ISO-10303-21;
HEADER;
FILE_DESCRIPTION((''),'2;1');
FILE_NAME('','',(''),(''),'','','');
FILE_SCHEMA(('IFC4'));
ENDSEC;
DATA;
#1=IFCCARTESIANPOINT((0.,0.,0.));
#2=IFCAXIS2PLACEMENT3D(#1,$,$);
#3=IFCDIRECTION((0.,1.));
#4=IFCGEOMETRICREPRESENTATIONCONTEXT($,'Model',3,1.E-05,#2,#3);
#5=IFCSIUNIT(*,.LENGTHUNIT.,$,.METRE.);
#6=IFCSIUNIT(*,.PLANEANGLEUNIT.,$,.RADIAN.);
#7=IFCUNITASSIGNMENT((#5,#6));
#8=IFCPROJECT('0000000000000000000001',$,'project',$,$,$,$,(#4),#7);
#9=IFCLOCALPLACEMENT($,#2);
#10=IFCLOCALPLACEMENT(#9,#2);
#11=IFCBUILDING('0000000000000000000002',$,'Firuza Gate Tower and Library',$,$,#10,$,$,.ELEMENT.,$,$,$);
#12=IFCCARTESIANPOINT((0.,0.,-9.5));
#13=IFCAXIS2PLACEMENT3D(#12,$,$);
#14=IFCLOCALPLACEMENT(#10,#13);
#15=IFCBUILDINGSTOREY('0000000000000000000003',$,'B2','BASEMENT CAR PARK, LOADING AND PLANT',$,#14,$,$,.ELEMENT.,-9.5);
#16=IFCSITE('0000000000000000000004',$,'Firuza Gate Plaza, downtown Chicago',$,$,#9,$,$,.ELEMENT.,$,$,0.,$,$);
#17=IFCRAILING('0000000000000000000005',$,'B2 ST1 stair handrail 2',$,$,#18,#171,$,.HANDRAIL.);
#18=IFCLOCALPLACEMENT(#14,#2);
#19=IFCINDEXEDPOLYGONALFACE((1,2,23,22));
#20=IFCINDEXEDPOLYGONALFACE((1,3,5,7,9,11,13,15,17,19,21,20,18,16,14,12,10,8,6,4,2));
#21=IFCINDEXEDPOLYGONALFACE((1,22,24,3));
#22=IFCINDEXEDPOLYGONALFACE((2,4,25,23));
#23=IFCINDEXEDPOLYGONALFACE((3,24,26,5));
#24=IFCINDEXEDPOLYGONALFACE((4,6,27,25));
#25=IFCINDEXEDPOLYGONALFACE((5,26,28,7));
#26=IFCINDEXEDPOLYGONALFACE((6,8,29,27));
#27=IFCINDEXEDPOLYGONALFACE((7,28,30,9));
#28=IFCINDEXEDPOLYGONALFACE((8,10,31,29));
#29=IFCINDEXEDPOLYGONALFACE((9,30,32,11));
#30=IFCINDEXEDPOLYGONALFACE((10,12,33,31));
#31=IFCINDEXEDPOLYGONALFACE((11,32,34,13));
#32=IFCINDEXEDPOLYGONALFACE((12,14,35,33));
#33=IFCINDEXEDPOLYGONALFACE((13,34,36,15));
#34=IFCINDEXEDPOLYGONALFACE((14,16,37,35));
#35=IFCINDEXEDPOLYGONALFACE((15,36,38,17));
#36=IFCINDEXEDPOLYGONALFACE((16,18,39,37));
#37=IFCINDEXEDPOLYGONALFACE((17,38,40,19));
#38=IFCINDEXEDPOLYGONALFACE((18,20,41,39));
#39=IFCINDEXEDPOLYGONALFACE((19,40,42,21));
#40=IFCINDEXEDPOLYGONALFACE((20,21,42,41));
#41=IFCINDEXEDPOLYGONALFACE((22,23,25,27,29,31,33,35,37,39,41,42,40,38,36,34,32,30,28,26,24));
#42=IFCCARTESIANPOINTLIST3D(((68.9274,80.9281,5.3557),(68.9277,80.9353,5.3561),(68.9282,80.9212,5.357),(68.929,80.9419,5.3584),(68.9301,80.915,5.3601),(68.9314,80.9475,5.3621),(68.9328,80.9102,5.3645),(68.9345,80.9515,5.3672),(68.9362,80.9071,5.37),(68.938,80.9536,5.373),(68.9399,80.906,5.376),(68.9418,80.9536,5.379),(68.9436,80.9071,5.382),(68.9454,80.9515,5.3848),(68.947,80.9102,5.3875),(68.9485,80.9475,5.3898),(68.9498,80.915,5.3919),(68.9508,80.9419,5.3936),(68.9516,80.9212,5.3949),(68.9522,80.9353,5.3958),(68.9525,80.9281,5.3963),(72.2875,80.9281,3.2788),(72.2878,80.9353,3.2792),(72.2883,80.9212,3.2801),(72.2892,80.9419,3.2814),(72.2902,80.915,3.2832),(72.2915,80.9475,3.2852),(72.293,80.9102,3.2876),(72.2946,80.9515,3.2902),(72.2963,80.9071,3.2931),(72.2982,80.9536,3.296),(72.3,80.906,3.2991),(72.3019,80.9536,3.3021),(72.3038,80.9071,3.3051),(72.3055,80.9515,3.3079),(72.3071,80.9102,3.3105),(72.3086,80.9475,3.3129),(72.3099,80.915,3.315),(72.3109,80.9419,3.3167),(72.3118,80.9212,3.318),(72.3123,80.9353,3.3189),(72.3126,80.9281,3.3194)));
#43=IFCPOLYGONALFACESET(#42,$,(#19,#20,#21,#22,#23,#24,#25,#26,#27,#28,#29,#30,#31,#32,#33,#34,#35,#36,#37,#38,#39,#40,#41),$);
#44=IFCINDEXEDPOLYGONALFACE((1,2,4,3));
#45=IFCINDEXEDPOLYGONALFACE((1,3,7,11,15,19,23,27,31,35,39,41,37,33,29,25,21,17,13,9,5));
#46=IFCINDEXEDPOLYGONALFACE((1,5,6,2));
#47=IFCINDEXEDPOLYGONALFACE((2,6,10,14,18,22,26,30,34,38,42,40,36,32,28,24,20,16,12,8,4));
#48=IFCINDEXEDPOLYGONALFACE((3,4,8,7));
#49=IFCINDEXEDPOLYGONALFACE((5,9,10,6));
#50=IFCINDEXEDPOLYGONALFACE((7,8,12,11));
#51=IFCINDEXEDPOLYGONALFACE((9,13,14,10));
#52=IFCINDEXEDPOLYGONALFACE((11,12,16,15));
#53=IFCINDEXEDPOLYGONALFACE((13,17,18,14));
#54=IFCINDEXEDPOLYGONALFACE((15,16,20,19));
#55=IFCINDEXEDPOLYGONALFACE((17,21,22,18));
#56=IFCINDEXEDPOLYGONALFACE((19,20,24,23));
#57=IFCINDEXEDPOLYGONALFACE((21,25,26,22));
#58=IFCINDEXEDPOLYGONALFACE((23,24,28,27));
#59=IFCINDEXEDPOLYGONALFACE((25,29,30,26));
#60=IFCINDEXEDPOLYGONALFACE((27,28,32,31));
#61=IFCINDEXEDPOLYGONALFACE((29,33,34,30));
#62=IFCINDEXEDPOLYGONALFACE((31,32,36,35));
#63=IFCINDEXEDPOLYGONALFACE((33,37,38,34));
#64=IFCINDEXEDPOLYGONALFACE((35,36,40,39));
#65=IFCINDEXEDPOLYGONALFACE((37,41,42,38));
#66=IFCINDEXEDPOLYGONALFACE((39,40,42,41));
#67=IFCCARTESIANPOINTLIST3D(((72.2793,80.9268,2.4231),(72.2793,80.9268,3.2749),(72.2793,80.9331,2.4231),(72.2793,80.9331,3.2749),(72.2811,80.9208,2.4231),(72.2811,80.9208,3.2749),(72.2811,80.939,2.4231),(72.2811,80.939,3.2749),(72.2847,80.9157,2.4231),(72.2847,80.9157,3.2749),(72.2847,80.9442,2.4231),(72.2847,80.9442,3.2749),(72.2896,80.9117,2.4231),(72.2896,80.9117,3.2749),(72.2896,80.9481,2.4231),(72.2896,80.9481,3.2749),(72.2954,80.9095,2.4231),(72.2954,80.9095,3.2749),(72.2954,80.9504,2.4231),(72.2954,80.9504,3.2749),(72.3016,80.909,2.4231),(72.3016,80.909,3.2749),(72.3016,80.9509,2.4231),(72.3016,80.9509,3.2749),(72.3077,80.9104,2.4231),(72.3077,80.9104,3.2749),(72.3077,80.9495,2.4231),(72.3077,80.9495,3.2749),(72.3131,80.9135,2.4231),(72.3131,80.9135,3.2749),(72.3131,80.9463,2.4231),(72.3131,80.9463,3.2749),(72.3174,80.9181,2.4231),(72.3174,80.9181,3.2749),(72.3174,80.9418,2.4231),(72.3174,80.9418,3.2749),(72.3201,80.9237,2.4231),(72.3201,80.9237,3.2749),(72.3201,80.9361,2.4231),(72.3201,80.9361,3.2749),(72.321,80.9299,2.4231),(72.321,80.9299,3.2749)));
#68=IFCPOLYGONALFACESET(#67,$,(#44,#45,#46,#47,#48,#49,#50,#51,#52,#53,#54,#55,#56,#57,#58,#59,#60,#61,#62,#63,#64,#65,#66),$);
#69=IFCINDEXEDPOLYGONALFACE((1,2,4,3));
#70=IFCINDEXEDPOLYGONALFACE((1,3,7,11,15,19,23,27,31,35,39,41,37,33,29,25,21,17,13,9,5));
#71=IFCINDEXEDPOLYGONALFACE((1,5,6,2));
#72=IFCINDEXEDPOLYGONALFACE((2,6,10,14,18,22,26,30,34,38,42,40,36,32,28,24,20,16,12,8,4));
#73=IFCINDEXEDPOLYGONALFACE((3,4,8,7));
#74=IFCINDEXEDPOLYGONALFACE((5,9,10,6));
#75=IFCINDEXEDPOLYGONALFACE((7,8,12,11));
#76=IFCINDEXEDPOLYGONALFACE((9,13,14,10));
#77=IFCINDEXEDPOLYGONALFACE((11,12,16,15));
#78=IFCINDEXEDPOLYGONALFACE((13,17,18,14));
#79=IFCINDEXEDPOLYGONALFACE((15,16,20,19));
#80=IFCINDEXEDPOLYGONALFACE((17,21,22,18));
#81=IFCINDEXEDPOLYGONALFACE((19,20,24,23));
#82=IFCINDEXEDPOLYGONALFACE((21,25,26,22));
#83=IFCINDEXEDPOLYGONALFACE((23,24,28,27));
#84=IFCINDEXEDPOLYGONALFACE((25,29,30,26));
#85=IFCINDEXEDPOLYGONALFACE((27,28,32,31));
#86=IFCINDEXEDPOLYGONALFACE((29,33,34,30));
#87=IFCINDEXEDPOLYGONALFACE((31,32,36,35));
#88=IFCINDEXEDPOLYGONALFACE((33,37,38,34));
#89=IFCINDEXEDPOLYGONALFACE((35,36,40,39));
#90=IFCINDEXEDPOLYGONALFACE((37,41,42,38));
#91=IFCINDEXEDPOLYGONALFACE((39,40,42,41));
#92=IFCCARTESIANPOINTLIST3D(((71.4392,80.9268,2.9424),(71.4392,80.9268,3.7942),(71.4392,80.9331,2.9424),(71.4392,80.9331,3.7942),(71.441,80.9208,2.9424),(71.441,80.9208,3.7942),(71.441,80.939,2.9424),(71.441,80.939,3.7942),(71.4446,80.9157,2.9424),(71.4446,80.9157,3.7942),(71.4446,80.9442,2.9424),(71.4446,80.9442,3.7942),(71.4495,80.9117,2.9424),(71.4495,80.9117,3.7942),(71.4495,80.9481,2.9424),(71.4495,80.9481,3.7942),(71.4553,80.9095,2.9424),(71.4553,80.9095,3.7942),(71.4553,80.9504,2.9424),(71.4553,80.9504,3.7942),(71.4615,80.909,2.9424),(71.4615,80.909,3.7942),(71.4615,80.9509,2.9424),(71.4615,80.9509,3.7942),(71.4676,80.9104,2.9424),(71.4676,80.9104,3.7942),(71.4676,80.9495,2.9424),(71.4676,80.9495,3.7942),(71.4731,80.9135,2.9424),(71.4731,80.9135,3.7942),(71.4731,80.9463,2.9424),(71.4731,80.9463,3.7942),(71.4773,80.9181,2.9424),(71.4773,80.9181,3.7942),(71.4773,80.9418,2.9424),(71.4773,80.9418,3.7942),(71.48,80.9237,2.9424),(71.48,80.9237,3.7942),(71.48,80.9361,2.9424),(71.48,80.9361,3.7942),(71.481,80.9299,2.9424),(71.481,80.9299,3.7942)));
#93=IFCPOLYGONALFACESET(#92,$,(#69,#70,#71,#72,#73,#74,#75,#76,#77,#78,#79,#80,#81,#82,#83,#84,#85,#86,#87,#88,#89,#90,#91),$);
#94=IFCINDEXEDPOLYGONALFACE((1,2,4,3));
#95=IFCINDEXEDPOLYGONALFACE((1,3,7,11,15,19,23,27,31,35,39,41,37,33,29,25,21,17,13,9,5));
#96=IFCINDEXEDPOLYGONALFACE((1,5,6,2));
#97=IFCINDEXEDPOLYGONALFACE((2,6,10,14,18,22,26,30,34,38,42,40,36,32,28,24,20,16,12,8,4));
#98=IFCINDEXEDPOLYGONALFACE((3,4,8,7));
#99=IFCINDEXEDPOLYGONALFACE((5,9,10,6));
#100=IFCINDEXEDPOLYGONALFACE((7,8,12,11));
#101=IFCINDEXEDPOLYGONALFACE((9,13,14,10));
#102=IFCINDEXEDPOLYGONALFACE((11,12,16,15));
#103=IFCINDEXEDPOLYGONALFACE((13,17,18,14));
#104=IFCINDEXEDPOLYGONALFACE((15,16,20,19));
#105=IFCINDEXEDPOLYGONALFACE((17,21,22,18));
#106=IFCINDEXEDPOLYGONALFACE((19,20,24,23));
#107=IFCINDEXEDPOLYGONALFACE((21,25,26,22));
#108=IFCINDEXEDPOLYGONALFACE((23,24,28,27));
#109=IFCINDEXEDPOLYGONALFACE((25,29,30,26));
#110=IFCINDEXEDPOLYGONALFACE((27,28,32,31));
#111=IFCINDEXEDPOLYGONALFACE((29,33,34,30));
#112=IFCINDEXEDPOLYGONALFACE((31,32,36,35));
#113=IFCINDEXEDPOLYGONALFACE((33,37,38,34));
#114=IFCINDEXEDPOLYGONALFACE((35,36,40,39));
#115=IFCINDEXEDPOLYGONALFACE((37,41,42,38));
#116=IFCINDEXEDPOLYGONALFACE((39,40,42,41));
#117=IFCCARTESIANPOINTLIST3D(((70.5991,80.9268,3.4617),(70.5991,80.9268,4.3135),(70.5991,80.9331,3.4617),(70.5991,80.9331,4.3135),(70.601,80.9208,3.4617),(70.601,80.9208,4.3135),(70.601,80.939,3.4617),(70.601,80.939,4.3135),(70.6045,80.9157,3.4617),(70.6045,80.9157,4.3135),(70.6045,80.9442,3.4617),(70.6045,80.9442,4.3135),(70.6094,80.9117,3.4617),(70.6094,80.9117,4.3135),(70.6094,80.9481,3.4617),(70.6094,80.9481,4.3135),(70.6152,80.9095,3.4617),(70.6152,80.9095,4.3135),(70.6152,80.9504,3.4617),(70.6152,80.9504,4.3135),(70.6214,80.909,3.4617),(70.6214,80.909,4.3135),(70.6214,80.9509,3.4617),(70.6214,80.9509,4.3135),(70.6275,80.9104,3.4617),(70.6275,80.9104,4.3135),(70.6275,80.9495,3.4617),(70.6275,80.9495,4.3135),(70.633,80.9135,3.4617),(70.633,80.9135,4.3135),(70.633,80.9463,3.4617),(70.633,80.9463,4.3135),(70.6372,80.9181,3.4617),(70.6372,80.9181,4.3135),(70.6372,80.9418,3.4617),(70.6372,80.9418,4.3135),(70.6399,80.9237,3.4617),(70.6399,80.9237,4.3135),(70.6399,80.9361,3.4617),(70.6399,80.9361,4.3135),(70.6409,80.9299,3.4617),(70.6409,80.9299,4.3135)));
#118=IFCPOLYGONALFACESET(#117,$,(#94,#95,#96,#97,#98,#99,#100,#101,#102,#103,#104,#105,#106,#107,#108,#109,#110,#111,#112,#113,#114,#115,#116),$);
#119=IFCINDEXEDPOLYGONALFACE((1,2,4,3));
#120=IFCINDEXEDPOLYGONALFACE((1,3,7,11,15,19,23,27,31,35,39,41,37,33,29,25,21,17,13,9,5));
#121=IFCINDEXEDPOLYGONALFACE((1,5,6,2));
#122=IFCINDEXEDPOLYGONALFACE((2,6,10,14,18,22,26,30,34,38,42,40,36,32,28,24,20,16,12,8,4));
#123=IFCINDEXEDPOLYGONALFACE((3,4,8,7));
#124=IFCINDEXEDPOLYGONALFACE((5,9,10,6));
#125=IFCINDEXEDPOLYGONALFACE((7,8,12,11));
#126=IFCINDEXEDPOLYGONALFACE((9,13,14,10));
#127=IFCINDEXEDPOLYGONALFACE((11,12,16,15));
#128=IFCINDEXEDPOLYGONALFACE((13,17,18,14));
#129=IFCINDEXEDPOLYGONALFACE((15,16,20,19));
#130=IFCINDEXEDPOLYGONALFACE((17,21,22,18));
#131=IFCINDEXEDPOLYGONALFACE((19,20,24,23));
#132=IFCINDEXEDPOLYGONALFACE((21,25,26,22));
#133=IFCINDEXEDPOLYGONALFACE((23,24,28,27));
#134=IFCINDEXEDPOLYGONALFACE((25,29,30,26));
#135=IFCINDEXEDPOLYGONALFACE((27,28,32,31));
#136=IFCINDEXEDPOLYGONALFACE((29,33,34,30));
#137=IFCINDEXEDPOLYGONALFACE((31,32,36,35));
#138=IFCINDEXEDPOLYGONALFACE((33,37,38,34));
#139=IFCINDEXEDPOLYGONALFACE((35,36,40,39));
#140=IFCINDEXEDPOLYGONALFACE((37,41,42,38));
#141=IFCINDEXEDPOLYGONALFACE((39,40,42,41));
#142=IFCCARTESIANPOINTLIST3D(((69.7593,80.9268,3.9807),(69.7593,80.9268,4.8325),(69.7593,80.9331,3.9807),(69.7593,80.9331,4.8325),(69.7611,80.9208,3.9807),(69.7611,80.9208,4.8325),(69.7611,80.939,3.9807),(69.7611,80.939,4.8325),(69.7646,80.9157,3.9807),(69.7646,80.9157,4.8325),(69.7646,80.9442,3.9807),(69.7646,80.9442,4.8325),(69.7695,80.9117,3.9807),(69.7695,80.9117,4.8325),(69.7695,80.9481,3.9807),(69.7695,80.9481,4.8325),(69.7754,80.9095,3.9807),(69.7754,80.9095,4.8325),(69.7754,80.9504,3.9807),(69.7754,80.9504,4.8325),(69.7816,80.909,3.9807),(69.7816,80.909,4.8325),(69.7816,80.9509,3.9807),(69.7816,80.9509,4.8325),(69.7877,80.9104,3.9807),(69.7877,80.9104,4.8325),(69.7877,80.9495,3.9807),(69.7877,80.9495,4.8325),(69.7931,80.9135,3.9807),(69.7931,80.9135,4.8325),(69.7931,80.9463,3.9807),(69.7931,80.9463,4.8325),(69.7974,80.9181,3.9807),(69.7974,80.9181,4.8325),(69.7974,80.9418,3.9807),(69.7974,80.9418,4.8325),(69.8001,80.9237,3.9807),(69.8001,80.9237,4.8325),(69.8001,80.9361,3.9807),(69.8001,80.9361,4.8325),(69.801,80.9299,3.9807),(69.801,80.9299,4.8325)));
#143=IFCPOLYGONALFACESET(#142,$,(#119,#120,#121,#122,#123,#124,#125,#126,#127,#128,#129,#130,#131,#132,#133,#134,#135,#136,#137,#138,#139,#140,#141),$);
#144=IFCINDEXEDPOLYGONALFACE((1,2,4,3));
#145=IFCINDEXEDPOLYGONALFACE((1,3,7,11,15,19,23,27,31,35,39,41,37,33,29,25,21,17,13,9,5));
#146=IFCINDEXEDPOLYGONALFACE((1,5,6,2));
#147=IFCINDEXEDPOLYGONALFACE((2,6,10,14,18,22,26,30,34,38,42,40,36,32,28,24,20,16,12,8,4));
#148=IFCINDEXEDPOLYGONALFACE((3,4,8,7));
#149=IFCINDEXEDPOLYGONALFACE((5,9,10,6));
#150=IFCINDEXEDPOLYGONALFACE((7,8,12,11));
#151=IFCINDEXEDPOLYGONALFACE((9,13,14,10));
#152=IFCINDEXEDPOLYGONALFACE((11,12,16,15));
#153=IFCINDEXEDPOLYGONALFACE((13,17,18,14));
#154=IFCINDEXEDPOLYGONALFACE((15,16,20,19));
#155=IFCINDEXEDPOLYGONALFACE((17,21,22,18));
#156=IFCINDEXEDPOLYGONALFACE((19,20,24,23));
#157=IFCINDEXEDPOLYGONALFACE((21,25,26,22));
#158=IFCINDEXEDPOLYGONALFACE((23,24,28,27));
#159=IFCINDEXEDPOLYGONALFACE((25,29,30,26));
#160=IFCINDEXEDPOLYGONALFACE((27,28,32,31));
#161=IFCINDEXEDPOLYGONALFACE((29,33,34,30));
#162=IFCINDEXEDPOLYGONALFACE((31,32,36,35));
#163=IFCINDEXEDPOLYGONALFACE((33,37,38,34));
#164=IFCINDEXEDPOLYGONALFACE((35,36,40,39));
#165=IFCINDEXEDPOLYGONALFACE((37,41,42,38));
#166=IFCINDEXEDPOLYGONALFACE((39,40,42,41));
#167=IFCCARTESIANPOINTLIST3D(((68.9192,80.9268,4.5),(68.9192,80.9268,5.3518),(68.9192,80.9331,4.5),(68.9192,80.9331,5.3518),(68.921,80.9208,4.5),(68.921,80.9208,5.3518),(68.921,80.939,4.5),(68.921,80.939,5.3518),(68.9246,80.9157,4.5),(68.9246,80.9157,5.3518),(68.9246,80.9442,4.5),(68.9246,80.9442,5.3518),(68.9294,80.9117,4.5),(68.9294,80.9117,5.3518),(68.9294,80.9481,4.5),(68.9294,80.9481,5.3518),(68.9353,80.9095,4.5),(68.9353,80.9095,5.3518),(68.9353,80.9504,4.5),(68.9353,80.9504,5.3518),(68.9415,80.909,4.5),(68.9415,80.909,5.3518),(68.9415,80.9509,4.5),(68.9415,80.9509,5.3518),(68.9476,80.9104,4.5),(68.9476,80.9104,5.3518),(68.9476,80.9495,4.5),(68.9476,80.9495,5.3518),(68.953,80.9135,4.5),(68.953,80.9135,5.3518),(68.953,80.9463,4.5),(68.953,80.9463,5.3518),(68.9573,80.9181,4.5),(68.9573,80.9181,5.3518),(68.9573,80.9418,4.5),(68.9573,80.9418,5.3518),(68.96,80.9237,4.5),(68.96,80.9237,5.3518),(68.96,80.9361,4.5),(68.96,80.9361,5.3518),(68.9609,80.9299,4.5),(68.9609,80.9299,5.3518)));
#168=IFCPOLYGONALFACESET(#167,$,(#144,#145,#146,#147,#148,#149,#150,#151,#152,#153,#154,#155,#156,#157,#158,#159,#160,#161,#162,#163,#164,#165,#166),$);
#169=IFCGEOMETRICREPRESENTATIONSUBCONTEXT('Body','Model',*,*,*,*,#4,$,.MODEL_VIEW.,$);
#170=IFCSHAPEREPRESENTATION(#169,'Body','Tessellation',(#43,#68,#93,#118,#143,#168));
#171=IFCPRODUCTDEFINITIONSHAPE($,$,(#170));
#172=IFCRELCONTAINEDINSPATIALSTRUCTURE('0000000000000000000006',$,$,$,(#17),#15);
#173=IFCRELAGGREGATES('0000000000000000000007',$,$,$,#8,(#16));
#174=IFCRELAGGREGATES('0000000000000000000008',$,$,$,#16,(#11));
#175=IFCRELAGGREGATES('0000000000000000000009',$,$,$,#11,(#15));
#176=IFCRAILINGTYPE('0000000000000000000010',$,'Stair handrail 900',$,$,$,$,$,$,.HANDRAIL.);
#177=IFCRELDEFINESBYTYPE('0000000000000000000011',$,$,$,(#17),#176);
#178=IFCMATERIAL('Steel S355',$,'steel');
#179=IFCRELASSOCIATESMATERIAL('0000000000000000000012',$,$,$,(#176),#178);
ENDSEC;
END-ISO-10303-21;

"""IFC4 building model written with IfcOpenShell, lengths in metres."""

from ifc_helpers import new_model, si_unit, direction, frame, origin, origin_2d, place, context, subcontext, project, spatial, circle, extrude, material, type_object, element, save


model = new_model("IFC4")

# Units and contexts
model_context = context("Model", 3, precision=1e-05, world=origin(), true_north=direction((0.0, 1.0)))
body_context = subcontext(model_context, "Body", "Model", "MODEL_VIEW")
ifc_project = project(units=[si_unit("LENGTHUNIT", "METRE"), si_unit("PLANEANGLEUNIT", "RADIAN")], contexts=[model_context])

# Site, building, storey
site_placement = place(None, origin())
site = spatial("IfcSite", under=ifc_project, at=site_placement, Name="Firuza Gate Plaza, downtown Chicago", CompositionType="ELEMENT", RefElevation=0.0)
building_placement = place(site_placement, origin())
building = spatial("IfcBuilding", under=site, at=building_placement, Name="Firuza Gate Tower and Library", CompositionType="ELEMENT")
storey_placement = place(building_placement, frame((0.0, 0.0, -9.5)))
storey = spatial("IfcBuildingStorey", under=building, at=storey_placement, Name="B2", Description="BASEMENT CAR PARK, LOADING AND PLANT", CompositionType="ELEMENT", Elevation=-9.5)

# Railing
ifc_material_1 = material(Name="Steel S355", Category="steel")
railing_type_1 = type_object("IfcRailingType", Name="Stair handrail 900", PredefinedType="HANDRAIL", material=ifc_material_1)
railing_1_placement = place(storey_placement, frame((72.3, 80.9299, 2.4231)))
element("IfcRailing", 1, at=railing_1_placement, inside=storey, type_object=railing_type_1, Name="B2 ST1 stair handrail 2", PredefinedType="HANDRAIL", context=body_context, shape_type="SweptSolid", body=[
    extrude(circle(Radius=0.0239, at=origin_2d()), frame((0.0, 0.0, 0.876), z_axis=(-0.850623, 0.0, 0.525776), x_axis=(0.0, -1.0, 0.0)), (0.0, 0.0, 1.0), 3.9502),
    extrude(circle(Radius=0.021, at=origin_2d()), origin(), (0.0, 0.0, 1.0), 0.8518),
    extrude(circle(Radius=0.021, at=origin_2d()), frame((-0.8401, 0.0, 0.5193)), (0.0, 0.0, 1.0), 0.8518),
    extrude(circle(Radius=0.021, at=origin_2d()), frame((-1.6802, 0.0, 1.0386)), (0.0, 0.0, 1.0), 0.8518),
    extrude(circle(Radius=0.021, at=origin_2d()), frame((-2.52, 0.0, 1.5576)), (0.0, 0.0, 1.0), 0.8518),
    extrude(circle(Radius=0.021, at=origin_2d()), frame((-3.3601, 0.0, 2.0769)), (0.0, 0.0, 1.0), 0.8518),
])

save(model, "model.ifc")
